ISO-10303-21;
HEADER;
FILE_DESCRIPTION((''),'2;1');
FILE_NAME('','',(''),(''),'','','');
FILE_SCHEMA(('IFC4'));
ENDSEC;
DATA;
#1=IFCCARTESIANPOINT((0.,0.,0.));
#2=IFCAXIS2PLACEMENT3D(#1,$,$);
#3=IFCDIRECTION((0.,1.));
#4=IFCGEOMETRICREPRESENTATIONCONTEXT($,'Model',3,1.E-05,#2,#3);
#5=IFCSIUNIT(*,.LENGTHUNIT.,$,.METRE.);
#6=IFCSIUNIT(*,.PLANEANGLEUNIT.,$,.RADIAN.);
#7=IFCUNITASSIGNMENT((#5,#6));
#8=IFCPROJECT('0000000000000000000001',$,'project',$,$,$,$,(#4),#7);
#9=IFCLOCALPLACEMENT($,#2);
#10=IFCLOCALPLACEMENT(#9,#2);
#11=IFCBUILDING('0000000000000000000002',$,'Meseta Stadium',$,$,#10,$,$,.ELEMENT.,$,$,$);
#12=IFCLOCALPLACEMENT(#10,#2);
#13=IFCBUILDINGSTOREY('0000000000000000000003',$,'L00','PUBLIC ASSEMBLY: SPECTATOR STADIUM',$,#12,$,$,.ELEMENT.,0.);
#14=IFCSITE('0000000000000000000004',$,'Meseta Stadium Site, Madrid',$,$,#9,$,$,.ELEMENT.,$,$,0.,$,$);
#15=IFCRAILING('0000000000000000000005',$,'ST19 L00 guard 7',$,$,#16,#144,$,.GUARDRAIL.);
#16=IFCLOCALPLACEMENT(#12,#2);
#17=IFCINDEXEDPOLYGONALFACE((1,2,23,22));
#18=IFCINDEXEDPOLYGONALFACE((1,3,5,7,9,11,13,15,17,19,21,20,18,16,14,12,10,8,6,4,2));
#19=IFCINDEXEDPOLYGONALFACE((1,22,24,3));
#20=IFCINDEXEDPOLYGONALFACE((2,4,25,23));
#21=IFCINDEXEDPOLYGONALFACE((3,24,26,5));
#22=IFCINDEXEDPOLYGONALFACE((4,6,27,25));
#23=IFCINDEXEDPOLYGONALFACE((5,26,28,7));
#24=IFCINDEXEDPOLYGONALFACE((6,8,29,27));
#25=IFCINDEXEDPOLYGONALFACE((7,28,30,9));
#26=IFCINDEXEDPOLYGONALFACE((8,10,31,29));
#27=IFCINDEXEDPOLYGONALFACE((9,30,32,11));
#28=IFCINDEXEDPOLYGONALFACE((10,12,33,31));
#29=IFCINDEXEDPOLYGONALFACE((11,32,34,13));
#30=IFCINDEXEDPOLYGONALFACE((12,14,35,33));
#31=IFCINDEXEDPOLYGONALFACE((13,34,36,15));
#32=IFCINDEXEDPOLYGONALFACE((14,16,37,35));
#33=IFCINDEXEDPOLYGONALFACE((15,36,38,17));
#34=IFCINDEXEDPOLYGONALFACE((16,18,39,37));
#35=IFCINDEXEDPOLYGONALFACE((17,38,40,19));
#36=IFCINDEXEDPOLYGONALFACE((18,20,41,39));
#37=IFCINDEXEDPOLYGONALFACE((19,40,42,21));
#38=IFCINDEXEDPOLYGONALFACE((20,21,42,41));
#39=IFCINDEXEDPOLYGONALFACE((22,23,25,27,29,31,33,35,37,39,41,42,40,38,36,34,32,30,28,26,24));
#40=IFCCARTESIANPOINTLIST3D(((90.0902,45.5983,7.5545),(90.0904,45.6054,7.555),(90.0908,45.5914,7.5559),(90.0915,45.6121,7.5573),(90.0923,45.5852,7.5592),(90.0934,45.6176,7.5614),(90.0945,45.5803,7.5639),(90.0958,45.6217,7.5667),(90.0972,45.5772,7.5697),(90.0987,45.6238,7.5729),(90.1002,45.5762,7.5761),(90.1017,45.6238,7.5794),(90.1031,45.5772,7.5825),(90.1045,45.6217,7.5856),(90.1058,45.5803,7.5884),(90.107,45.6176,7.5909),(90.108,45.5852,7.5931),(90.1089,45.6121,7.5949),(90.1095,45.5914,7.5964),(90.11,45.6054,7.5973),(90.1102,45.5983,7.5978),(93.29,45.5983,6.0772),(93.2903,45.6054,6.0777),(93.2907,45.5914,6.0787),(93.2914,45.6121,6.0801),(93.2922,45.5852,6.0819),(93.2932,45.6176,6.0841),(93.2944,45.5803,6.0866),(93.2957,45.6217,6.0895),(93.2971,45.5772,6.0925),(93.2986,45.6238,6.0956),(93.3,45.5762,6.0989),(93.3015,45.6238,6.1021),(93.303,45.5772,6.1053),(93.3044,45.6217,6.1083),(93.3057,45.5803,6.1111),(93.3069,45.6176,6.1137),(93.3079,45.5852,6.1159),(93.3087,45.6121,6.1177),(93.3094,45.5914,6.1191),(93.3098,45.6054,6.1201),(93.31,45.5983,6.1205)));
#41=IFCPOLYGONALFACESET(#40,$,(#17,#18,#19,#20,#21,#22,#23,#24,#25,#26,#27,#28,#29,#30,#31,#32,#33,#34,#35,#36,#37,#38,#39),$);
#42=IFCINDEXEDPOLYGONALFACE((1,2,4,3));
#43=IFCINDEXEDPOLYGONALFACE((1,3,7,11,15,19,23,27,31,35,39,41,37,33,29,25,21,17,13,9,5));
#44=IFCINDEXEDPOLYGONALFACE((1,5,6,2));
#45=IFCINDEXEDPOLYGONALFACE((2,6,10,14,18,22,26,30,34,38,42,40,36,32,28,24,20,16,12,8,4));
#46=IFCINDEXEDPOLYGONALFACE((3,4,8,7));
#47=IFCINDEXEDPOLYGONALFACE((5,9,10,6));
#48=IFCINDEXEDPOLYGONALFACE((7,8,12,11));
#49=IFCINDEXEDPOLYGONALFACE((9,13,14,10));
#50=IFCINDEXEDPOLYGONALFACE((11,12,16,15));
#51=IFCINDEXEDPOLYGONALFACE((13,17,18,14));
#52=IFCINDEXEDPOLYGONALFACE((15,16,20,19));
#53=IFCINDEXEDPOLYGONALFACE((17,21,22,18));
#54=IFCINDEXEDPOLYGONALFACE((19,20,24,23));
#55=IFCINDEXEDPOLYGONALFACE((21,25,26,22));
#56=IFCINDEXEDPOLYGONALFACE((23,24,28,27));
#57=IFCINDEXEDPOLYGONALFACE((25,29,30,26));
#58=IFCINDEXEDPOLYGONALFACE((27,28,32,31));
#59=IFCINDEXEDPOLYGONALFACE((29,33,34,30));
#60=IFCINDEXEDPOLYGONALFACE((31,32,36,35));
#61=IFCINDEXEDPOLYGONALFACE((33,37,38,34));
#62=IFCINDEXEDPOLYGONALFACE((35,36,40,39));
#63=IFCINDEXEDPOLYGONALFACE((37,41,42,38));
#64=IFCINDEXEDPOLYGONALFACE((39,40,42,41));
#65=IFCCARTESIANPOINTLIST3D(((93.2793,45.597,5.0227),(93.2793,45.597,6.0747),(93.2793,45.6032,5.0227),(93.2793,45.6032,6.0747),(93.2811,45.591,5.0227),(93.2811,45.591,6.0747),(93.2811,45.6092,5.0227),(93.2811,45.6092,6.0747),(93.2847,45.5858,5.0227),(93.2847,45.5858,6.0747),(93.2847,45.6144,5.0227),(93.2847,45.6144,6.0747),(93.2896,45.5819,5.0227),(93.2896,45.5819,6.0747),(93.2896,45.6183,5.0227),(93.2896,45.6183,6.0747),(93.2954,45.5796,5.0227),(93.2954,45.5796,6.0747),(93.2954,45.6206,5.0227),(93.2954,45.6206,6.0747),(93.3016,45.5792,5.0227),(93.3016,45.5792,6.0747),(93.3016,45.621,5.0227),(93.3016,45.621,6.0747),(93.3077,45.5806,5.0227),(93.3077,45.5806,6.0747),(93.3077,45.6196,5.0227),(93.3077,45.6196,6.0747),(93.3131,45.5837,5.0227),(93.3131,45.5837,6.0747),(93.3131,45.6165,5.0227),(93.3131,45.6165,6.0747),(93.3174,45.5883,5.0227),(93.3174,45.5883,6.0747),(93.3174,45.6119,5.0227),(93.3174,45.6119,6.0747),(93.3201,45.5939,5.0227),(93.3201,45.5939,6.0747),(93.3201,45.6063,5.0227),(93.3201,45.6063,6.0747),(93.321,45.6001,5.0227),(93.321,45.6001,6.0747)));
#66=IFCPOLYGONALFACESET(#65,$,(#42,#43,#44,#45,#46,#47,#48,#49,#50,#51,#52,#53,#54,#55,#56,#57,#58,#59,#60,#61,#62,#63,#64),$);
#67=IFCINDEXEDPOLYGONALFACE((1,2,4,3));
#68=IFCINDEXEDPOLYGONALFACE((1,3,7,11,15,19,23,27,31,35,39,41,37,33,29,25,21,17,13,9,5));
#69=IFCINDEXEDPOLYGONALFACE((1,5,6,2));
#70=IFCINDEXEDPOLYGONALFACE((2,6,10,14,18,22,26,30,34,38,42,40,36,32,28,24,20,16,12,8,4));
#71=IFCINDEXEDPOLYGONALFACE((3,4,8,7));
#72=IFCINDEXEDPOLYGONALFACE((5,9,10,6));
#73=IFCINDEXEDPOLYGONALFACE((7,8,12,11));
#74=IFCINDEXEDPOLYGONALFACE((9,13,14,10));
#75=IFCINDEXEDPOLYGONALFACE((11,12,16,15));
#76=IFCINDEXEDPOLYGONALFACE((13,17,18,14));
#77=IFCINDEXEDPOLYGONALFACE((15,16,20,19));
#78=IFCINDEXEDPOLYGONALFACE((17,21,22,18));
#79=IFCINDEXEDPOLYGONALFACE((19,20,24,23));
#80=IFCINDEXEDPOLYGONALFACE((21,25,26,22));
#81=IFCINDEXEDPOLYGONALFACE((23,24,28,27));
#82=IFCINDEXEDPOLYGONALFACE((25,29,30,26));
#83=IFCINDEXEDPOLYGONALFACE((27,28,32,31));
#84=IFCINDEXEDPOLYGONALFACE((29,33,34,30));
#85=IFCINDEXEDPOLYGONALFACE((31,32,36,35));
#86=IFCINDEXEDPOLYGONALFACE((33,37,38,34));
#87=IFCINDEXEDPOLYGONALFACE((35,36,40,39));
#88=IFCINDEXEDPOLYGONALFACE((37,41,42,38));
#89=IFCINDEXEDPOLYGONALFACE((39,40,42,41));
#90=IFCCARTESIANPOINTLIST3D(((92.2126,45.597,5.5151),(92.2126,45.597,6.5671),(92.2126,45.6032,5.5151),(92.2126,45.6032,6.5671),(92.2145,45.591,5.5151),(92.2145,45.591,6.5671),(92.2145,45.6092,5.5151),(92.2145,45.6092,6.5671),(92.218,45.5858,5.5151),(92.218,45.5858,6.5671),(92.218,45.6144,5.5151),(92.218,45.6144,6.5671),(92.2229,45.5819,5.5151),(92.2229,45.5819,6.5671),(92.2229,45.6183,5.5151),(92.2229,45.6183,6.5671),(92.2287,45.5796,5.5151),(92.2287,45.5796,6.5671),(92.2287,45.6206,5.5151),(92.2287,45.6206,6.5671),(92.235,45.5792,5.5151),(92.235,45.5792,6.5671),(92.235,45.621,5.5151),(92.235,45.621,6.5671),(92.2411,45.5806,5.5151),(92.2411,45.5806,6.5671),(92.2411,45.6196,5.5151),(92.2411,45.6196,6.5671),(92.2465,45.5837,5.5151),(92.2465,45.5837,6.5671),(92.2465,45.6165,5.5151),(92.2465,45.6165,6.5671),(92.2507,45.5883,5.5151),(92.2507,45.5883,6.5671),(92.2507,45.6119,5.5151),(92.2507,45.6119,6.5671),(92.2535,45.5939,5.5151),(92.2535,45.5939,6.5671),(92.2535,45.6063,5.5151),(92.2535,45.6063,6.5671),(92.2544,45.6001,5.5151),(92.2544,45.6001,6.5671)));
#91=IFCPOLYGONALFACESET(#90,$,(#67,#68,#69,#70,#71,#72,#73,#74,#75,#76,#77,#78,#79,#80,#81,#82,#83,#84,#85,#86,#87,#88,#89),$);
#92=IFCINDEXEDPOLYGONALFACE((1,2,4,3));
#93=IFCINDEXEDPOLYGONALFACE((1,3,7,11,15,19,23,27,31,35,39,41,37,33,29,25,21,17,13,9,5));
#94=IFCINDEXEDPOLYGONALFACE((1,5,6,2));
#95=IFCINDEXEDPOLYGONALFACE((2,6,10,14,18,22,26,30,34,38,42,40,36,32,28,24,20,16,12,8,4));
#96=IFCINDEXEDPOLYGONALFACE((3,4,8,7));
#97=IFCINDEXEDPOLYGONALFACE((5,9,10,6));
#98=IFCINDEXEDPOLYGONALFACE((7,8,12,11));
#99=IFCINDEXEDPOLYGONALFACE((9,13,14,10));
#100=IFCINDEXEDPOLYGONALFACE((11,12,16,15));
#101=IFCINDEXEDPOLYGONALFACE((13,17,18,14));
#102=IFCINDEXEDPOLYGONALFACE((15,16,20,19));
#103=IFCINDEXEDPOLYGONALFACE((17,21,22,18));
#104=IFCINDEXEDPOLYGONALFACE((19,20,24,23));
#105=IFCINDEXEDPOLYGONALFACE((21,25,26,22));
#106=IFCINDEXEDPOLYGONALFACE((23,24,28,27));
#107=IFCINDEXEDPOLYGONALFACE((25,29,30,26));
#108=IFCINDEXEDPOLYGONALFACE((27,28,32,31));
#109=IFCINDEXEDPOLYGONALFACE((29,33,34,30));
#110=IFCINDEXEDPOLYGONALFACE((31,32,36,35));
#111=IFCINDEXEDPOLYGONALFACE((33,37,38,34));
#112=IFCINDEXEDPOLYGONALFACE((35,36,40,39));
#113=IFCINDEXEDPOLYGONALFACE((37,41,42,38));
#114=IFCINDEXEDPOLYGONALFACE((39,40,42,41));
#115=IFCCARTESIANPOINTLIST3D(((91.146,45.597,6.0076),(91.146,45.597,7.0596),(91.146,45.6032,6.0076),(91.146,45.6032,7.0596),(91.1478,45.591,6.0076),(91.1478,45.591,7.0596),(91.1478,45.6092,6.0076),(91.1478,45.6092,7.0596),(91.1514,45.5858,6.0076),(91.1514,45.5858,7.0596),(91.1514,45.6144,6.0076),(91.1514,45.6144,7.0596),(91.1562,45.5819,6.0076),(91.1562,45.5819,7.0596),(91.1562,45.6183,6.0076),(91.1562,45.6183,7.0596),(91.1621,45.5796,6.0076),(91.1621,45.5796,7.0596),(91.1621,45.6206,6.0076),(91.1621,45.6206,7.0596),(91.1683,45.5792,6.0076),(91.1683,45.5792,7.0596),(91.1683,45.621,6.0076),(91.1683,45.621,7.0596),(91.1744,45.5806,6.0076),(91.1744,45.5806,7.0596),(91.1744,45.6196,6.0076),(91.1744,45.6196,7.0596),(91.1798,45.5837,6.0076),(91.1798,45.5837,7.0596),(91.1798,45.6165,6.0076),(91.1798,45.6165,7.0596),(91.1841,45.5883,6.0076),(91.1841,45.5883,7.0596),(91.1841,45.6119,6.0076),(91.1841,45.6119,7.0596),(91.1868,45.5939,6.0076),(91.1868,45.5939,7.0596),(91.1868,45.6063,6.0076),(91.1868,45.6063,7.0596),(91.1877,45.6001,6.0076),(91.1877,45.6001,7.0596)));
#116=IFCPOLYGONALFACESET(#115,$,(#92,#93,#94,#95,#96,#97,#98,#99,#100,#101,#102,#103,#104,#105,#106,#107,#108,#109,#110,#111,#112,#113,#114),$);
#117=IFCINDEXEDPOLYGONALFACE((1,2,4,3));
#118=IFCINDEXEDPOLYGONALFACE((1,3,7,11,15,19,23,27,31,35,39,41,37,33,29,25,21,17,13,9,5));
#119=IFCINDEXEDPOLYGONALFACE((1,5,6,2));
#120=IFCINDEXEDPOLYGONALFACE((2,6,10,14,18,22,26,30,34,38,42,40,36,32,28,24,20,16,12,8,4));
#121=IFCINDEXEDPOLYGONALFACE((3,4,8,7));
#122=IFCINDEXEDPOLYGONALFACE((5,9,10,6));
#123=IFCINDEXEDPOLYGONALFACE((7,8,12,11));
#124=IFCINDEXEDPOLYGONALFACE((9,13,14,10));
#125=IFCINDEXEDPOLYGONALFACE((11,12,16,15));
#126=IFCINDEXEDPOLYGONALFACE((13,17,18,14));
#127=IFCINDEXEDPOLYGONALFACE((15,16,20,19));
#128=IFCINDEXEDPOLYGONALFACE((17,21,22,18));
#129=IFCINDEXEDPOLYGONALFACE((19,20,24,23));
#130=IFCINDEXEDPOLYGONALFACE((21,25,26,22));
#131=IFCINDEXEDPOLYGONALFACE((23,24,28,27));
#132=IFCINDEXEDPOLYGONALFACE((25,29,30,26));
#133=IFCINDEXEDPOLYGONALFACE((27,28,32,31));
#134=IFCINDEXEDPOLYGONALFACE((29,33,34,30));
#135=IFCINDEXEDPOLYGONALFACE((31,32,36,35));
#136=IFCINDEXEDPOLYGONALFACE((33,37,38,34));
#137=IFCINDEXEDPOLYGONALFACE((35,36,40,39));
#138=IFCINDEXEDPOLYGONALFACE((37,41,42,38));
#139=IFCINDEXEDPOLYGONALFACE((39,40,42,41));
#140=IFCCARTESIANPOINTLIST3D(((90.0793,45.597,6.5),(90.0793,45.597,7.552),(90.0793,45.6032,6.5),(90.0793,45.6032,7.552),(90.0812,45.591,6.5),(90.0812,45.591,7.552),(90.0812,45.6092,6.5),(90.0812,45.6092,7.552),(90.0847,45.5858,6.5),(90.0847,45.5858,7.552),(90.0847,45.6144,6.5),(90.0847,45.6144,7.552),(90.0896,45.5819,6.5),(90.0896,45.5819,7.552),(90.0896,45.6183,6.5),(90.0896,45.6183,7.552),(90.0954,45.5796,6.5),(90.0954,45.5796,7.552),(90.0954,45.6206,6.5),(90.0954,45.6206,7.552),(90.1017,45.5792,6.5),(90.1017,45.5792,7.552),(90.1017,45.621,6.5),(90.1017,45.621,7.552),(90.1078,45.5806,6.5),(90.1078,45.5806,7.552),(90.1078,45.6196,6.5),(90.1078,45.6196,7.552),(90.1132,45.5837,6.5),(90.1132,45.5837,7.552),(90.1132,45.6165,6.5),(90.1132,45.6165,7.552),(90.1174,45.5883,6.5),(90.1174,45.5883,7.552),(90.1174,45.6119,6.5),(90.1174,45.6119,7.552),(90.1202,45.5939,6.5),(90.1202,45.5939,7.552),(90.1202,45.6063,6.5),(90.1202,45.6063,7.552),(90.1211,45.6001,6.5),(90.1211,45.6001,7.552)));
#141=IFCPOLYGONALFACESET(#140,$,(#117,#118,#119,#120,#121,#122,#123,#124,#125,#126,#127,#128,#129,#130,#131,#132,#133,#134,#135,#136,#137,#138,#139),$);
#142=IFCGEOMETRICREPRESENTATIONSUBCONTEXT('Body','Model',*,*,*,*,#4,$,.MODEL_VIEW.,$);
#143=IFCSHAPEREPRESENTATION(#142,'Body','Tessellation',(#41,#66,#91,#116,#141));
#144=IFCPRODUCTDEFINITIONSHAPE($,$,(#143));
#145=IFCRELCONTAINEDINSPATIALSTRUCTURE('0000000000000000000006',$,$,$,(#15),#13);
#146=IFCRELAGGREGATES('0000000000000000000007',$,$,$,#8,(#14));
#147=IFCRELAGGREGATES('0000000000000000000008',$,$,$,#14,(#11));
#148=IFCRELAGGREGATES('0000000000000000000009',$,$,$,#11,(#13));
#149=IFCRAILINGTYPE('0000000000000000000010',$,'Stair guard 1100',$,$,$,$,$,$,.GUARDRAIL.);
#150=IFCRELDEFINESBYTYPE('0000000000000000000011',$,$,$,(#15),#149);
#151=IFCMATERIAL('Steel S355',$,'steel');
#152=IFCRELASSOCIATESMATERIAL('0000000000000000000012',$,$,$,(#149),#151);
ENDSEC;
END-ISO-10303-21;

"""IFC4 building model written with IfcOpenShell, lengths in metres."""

from ifc_helpers import new_model, si_unit, direction, frame, origin, origin_2d, place, context, subcontext, project, spatial, circle, extrude, material, type_object, element, save


model = new_model("IFC4")

# Units and contexts
model_context = context("Model", 3, precision=1e-05, world=origin(), true_north=direction((0.0, 1.0)))
body_context = subcontext(model_context, "Body", "Model", "MODEL_VIEW")
ifc_project = project(units=[si_unit("LENGTHUNIT", "METRE"), si_unit("PLANEANGLEUNIT", "RADIAN")], contexts=[model_context])

# Site, building, storey
site_placement = place(None, origin())
site = spatial("IfcSite", under=ifc_project, at=site_placement, Name="Meseta Stadium Site, Madrid", CompositionType="ELEMENT", RefElevation=0.0)
building_placement = place(site_placement, origin())
building = spatial("IfcBuilding", under=site, at=building_placement, Name="Meseta Stadium", CompositionType="ELEMENT")
storey_placement = place(building_placement, origin())
storey = spatial("IfcBuildingStorey", under=building, at=storey_placement, Name="L00", Description="PUBLIC ASSEMBLY: SPECTATOR STADIUM", CompositionType="ELEMENT", Elevation=0.0)

# Railing
ifc_material_1 = material(Name="Steel S355", Category="steel")
railing_type_1 = type_object("IfcRailingType", Name="Stair guard 1100", PredefinedType="GUARDRAIL", material=ifc_material_1)
railing_1_placement = place(storey_placement, frame((93.3, 45.6001, 5.0227)))
element("IfcRailing", 1, at=railing_1_placement, inside=storey, type_object=railing_type_1, Name="ST19 L00 guard 7", PredefinedType="GUARDRAIL", context=body_context, shape_type="SweptSolid", body=[
    extrude(circle(Radius=0.0239, at=origin_2d()), frame((0.0, 0.0, 1.0762), z_axis=(-0.907917, 0.0, 0.41915), x_axis=(0.0, -1.0, 0.0)), (0.0, 0.0, 1.0), 3.5244),
    extrude(circle(Radius=0.021, at=origin_2d()), origin(), (0.0, 0.0, 1.0), 1.052),
    extrude(circle(Radius=0.021, at=origin_2d()), frame((-1.0667, 0.0, 0.4924)), (0.0, 0.0, 1.0), 1.052),
    extrude(circle(Radius=0.021, at=origin_2d()), frame((-2.1333, 0.0, 0.9849)), (0.0, 0.0, 1.0), 1.052),
    extrude(circle(Radius=0.021, at=origin_2d()), frame((-3.2, 0.0, 1.4773)), (0.0, 0.0, 1.0), 1.052),
])

save(model, "model.ifc")
